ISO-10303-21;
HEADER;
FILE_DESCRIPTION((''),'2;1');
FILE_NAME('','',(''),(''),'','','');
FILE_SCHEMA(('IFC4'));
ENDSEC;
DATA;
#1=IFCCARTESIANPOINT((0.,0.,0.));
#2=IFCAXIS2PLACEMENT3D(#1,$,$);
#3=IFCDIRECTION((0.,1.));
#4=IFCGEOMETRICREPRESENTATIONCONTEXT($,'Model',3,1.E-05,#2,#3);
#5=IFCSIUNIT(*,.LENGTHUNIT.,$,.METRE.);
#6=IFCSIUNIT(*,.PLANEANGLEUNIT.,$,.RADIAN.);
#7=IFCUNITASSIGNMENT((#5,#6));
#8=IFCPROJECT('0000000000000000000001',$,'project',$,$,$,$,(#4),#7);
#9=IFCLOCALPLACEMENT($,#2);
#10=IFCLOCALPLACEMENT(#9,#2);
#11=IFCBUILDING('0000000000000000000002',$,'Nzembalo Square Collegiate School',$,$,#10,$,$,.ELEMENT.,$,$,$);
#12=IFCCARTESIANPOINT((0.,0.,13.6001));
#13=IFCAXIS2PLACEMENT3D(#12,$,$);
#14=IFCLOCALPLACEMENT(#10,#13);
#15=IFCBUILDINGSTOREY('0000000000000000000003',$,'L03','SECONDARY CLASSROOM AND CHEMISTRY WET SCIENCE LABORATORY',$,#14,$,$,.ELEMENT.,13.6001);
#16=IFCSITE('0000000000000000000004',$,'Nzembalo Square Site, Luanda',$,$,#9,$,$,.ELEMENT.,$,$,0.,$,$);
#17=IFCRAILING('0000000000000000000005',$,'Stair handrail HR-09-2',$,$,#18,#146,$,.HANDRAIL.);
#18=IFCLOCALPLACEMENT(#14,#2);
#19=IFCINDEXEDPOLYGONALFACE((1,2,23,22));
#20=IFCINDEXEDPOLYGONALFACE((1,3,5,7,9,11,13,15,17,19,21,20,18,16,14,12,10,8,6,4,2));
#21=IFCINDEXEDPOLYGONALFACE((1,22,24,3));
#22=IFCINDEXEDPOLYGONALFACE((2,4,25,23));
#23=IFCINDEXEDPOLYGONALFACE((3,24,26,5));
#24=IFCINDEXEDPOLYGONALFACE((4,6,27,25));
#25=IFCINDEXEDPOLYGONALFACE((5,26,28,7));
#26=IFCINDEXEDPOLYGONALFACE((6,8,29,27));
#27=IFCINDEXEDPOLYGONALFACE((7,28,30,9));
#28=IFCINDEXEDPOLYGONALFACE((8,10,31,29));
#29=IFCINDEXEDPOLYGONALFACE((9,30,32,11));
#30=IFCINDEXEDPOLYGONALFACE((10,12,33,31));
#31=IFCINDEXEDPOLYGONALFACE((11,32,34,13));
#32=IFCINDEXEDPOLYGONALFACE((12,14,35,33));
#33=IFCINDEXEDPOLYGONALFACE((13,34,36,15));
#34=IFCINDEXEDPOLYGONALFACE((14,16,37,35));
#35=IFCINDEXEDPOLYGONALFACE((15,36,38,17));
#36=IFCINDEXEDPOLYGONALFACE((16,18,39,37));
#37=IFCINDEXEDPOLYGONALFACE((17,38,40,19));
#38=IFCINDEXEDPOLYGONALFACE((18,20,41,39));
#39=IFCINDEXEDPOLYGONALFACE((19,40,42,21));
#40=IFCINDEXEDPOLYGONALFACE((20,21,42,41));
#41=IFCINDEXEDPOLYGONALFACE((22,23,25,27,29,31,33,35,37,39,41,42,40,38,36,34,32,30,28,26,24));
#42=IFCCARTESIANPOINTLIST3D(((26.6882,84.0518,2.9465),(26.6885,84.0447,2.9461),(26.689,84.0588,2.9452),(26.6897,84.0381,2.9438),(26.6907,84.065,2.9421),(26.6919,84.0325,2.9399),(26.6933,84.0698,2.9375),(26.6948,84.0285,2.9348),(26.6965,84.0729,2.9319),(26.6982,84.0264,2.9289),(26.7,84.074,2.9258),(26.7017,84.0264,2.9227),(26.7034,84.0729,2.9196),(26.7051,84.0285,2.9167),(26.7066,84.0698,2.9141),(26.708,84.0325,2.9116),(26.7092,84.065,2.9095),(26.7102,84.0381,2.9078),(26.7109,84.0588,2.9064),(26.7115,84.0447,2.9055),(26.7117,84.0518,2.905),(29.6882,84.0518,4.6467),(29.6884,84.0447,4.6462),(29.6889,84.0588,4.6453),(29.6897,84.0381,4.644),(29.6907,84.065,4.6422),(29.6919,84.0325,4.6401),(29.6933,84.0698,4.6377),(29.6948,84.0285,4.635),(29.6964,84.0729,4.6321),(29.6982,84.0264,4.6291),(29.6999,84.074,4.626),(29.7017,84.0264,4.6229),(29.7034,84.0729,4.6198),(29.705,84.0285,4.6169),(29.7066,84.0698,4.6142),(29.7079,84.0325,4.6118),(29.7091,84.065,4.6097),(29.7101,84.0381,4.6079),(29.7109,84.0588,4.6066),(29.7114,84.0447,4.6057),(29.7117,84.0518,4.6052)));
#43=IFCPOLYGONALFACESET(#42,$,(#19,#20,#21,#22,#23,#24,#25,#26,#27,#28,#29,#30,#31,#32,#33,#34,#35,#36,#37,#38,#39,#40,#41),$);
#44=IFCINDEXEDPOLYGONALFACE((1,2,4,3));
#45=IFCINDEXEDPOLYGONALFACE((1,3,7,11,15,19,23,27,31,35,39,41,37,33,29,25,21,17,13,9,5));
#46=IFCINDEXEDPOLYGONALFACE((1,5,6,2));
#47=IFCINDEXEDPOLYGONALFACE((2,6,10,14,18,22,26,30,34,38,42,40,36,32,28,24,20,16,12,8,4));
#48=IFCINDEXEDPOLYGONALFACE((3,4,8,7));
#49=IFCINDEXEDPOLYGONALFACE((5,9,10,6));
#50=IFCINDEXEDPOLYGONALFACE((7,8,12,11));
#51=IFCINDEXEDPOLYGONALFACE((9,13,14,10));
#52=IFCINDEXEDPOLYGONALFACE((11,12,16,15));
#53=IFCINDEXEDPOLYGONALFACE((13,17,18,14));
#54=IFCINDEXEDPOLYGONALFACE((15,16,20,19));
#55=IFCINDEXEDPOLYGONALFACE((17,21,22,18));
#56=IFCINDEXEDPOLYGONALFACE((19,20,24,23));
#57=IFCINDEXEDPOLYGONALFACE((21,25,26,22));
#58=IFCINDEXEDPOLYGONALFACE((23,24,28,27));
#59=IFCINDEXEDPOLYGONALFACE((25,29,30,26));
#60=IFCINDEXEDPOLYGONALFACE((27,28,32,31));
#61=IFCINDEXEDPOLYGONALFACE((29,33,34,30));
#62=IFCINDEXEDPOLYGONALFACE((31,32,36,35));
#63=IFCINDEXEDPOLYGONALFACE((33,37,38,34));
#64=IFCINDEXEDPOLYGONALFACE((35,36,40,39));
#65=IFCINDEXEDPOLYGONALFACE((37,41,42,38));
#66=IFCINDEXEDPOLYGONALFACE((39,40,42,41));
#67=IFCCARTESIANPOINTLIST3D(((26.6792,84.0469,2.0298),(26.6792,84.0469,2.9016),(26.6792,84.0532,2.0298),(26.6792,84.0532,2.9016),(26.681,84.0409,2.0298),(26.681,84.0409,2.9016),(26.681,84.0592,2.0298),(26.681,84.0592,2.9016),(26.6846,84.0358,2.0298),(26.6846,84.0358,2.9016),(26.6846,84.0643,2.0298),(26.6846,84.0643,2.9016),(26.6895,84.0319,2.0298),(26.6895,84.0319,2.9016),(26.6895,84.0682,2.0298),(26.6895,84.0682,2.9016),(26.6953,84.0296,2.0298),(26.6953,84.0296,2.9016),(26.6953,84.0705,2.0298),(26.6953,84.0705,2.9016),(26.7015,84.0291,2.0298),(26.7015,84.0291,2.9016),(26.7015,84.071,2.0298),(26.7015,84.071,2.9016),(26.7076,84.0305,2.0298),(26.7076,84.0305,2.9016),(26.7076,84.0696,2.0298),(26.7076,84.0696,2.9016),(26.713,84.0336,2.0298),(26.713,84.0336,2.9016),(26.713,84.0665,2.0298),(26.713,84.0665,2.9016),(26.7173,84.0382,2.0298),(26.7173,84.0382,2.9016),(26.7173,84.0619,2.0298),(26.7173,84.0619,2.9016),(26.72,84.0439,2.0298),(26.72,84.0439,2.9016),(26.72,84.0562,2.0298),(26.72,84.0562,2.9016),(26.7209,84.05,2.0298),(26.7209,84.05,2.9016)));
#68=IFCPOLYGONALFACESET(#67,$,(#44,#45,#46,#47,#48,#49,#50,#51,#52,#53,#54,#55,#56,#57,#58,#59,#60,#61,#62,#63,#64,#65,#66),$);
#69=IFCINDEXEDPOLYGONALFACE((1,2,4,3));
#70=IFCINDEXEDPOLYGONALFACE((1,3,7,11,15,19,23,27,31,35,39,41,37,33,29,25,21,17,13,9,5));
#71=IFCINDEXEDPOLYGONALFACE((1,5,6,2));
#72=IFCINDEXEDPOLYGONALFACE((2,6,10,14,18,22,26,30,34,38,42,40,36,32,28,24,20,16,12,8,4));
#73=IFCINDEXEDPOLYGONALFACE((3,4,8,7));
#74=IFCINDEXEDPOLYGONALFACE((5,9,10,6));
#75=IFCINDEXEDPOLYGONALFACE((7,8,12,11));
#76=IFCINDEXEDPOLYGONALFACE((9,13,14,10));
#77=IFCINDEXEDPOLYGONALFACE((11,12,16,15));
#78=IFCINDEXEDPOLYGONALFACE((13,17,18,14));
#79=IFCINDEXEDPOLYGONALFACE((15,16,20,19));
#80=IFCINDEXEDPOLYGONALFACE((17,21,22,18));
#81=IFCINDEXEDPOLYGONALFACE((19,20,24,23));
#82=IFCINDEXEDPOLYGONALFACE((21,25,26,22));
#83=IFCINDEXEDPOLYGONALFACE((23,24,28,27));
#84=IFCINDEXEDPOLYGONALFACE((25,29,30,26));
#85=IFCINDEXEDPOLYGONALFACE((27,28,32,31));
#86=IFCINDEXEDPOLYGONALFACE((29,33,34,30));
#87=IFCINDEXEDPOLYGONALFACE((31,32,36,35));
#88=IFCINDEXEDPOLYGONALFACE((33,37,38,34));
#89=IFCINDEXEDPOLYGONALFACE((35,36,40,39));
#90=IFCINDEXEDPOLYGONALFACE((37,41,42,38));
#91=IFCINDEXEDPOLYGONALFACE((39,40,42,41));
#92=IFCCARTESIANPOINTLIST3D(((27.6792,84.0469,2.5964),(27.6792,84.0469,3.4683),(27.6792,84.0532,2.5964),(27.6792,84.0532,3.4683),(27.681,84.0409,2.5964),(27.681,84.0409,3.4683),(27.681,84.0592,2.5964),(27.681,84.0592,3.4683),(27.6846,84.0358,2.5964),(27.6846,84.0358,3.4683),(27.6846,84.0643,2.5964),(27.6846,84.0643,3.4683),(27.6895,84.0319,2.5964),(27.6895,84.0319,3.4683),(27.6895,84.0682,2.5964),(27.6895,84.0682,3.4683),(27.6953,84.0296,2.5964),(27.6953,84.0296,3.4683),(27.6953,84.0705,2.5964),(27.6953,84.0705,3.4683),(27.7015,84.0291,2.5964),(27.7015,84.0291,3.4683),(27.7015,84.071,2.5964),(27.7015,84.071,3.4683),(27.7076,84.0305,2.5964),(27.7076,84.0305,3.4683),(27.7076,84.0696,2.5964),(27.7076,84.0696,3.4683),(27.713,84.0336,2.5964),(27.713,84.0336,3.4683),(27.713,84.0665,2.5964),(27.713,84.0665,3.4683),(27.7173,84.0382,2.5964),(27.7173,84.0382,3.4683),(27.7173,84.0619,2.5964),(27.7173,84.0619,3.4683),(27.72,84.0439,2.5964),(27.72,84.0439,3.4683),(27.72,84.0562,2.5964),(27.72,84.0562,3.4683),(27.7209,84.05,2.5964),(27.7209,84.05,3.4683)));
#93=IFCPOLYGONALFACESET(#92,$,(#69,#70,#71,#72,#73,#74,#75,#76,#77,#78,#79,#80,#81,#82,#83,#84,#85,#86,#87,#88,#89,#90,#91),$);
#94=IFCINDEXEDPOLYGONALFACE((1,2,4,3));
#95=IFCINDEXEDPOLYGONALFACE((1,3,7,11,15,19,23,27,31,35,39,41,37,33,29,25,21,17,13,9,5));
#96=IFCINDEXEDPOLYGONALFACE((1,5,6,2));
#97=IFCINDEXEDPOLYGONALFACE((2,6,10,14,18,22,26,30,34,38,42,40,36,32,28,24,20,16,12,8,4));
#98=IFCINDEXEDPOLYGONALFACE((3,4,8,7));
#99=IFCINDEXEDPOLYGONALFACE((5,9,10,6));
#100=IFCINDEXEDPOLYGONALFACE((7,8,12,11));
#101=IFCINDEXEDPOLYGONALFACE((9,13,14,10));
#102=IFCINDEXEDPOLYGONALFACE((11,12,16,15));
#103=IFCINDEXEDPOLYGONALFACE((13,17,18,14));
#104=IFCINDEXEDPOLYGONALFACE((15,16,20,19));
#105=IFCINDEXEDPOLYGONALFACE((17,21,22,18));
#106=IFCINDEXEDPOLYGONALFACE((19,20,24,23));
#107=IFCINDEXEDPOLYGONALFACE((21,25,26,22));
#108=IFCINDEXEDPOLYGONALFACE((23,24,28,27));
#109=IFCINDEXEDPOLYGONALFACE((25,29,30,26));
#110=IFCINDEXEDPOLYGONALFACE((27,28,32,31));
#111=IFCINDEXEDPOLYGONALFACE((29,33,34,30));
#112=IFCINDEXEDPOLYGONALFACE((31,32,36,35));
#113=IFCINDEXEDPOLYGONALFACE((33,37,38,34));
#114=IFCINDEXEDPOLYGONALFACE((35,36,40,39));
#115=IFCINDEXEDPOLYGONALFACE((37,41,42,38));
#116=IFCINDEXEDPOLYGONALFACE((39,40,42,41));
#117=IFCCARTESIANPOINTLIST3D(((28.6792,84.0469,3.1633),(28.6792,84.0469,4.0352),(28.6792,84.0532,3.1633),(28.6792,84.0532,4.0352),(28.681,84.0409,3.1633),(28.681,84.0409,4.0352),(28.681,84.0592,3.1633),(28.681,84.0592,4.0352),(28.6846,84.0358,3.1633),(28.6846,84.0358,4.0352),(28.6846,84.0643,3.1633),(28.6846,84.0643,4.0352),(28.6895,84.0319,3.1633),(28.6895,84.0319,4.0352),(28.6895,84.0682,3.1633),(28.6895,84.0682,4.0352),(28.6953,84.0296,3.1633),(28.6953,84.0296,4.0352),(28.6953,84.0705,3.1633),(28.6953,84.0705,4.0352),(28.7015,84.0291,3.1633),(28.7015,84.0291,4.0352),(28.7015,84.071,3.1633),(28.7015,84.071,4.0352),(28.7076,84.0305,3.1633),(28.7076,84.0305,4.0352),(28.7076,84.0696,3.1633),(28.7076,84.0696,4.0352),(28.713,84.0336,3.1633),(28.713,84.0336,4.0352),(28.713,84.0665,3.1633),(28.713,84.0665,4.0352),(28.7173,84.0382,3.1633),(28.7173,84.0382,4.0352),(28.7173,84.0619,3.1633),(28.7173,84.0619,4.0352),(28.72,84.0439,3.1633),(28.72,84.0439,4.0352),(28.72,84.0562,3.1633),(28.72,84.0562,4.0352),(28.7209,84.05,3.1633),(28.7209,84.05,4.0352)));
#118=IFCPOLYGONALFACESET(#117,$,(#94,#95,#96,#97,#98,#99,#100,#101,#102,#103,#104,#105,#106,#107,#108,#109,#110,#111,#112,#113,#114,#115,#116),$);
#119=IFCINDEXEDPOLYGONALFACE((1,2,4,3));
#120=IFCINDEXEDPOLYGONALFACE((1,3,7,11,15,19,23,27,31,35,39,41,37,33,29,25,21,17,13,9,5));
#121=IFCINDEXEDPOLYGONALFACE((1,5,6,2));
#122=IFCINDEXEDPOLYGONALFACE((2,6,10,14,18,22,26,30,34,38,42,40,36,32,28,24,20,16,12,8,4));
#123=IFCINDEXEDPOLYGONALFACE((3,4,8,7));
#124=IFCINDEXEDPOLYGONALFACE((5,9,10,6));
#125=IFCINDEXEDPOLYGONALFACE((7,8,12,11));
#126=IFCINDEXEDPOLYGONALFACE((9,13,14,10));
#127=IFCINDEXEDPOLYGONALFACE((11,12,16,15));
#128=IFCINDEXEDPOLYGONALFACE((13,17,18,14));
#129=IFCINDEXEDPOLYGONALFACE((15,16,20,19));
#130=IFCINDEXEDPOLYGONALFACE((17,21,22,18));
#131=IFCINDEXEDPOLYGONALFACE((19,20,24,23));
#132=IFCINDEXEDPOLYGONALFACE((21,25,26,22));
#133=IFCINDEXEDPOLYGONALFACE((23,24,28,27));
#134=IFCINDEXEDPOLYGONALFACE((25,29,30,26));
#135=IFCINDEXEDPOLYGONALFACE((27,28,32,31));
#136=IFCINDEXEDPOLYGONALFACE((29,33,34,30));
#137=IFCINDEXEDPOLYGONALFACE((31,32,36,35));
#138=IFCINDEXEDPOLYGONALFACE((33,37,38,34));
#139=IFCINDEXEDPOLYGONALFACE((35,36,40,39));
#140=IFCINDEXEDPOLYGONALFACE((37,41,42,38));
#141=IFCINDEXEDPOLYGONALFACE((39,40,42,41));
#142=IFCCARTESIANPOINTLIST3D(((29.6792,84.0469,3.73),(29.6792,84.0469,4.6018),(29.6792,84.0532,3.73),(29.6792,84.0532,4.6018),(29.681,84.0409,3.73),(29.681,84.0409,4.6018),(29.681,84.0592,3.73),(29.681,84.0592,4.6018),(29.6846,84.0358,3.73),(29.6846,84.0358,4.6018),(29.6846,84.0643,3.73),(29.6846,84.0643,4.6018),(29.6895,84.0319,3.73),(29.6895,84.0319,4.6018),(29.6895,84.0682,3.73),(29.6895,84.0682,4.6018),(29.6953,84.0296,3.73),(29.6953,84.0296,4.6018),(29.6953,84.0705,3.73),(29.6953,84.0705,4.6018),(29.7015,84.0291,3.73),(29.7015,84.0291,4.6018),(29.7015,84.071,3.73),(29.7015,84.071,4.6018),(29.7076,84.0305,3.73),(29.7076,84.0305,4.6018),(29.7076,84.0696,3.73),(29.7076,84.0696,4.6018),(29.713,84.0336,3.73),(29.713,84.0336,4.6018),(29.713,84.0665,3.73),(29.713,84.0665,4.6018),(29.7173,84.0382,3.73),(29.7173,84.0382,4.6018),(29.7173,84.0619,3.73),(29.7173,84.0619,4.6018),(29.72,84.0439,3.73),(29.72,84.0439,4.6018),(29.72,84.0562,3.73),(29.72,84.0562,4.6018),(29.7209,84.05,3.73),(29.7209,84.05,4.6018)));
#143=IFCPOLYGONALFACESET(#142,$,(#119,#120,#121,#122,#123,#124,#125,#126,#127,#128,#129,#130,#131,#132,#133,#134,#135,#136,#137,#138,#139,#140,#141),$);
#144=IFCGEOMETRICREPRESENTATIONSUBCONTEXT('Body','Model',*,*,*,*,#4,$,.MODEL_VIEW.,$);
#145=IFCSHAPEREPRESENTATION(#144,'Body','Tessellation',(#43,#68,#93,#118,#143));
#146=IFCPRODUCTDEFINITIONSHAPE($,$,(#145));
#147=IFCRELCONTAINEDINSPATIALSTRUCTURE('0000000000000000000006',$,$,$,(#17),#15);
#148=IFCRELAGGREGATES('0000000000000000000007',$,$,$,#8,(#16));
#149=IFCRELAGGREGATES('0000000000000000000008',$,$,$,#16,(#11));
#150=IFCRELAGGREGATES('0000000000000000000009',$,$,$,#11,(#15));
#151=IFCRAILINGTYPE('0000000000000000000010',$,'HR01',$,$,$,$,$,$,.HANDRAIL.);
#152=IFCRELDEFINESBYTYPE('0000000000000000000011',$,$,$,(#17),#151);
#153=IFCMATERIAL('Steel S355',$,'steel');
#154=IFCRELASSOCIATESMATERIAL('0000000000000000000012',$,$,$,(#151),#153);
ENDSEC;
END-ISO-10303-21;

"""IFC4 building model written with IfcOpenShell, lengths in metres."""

from ifc_helpers import new_model, si_unit, direction, frame, origin, origin_2d, place, context, subcontext, project, spatial, circle, extrude, material, type_object, element, save


model = new_model("IFC4")

# Units and contexts
model_context = context("Model", 3, precision=1e-05, world=origin(), true_north=direction((0.0, 1.0)))
body_context = subcontext(model_context, "Body", "Model", "MODEL_VIEW")
ifc_project = project(units=[si_unit("LENGTHUNIT", "METRE"), si_unit("PLANEANGLEUNIT", "RADIAN")], contexts=[model_context])

# Site, building, storey
site_placement = place(None, origin())
site = spatial("IfcSite", under=ifc_project, at=site_placement, Name="Nzembalo Square Site, Luanda", CompositionType="ELEMENT", RefElevation=0.0)
building_placement = place(site_placement, origin())
building = spatial("IfcBuilding", under=site, at=building_placement, Name="Nzembalo Square Collegiate School", CompositionType="ELEMENT")
storey_placement = place(building_placement, frame((0.0, 0.0, 13.6001)))
storey = spatial("IfcBuildingStorey", under=building, at=storey_placement, Name="L03", Description="SECONDARY CLASSROOM AND CHEMISTRY WET SCIENCE LABORATORY", CompositionType="ELEMENT", Elevation=13.6001)

# Railing
ifc_material_1 = material(Name="Steel S355", Category="steel")
railing_type_1 = type_object("IfcRailingType", Name="HR01", PredefinedType="HANDRAIL", material=ifc_material_1)
railing_1_placement = place(storey_placement, frame((26.7, 84.05, 2.0298)))
element("IfcRailing", 1, at=railing_1_placement, inside=storey, type_object=railing_type_1, Name="Stair handrail HR-09-2", PredefinedType="HANDRAIL", context=body_context, shape_type="SweptSolid", body=[
    extrude(circle(Radius=0.0239, at=origin_2d()), frame((0.0, 0.0, 0.896), z_axis=(0.869998, 0.0, 0.493055), x_axis=(0.0, 1.0, 0.0)), (0.0, 0.0, 1.0), 3.4482),
    extrude(circle(Radius=0.021, at=origin_2d()), origin(), (0.0, 0.0, 1.0), 0.8718),
    extrude(circle(Radius=0.021, at=origin_2d()), frame((1.0, 0.0, 0.5667)), (0.0, 0.0, 1.0), 0.8718),
    extrude(circle(Radius=0.021, at=origin_2d()), frame((2.0, 0.0, 1.1335)), (0.0, 0.0, 1.0), 0.8718),
    extrude(circle(Radius=0.021, at=origin_2d()), frame((3.0, 0.0, 1.7002)), (0.0, 0.0, 1.0), 0.8718),
])

save(model, "model.ifc")
